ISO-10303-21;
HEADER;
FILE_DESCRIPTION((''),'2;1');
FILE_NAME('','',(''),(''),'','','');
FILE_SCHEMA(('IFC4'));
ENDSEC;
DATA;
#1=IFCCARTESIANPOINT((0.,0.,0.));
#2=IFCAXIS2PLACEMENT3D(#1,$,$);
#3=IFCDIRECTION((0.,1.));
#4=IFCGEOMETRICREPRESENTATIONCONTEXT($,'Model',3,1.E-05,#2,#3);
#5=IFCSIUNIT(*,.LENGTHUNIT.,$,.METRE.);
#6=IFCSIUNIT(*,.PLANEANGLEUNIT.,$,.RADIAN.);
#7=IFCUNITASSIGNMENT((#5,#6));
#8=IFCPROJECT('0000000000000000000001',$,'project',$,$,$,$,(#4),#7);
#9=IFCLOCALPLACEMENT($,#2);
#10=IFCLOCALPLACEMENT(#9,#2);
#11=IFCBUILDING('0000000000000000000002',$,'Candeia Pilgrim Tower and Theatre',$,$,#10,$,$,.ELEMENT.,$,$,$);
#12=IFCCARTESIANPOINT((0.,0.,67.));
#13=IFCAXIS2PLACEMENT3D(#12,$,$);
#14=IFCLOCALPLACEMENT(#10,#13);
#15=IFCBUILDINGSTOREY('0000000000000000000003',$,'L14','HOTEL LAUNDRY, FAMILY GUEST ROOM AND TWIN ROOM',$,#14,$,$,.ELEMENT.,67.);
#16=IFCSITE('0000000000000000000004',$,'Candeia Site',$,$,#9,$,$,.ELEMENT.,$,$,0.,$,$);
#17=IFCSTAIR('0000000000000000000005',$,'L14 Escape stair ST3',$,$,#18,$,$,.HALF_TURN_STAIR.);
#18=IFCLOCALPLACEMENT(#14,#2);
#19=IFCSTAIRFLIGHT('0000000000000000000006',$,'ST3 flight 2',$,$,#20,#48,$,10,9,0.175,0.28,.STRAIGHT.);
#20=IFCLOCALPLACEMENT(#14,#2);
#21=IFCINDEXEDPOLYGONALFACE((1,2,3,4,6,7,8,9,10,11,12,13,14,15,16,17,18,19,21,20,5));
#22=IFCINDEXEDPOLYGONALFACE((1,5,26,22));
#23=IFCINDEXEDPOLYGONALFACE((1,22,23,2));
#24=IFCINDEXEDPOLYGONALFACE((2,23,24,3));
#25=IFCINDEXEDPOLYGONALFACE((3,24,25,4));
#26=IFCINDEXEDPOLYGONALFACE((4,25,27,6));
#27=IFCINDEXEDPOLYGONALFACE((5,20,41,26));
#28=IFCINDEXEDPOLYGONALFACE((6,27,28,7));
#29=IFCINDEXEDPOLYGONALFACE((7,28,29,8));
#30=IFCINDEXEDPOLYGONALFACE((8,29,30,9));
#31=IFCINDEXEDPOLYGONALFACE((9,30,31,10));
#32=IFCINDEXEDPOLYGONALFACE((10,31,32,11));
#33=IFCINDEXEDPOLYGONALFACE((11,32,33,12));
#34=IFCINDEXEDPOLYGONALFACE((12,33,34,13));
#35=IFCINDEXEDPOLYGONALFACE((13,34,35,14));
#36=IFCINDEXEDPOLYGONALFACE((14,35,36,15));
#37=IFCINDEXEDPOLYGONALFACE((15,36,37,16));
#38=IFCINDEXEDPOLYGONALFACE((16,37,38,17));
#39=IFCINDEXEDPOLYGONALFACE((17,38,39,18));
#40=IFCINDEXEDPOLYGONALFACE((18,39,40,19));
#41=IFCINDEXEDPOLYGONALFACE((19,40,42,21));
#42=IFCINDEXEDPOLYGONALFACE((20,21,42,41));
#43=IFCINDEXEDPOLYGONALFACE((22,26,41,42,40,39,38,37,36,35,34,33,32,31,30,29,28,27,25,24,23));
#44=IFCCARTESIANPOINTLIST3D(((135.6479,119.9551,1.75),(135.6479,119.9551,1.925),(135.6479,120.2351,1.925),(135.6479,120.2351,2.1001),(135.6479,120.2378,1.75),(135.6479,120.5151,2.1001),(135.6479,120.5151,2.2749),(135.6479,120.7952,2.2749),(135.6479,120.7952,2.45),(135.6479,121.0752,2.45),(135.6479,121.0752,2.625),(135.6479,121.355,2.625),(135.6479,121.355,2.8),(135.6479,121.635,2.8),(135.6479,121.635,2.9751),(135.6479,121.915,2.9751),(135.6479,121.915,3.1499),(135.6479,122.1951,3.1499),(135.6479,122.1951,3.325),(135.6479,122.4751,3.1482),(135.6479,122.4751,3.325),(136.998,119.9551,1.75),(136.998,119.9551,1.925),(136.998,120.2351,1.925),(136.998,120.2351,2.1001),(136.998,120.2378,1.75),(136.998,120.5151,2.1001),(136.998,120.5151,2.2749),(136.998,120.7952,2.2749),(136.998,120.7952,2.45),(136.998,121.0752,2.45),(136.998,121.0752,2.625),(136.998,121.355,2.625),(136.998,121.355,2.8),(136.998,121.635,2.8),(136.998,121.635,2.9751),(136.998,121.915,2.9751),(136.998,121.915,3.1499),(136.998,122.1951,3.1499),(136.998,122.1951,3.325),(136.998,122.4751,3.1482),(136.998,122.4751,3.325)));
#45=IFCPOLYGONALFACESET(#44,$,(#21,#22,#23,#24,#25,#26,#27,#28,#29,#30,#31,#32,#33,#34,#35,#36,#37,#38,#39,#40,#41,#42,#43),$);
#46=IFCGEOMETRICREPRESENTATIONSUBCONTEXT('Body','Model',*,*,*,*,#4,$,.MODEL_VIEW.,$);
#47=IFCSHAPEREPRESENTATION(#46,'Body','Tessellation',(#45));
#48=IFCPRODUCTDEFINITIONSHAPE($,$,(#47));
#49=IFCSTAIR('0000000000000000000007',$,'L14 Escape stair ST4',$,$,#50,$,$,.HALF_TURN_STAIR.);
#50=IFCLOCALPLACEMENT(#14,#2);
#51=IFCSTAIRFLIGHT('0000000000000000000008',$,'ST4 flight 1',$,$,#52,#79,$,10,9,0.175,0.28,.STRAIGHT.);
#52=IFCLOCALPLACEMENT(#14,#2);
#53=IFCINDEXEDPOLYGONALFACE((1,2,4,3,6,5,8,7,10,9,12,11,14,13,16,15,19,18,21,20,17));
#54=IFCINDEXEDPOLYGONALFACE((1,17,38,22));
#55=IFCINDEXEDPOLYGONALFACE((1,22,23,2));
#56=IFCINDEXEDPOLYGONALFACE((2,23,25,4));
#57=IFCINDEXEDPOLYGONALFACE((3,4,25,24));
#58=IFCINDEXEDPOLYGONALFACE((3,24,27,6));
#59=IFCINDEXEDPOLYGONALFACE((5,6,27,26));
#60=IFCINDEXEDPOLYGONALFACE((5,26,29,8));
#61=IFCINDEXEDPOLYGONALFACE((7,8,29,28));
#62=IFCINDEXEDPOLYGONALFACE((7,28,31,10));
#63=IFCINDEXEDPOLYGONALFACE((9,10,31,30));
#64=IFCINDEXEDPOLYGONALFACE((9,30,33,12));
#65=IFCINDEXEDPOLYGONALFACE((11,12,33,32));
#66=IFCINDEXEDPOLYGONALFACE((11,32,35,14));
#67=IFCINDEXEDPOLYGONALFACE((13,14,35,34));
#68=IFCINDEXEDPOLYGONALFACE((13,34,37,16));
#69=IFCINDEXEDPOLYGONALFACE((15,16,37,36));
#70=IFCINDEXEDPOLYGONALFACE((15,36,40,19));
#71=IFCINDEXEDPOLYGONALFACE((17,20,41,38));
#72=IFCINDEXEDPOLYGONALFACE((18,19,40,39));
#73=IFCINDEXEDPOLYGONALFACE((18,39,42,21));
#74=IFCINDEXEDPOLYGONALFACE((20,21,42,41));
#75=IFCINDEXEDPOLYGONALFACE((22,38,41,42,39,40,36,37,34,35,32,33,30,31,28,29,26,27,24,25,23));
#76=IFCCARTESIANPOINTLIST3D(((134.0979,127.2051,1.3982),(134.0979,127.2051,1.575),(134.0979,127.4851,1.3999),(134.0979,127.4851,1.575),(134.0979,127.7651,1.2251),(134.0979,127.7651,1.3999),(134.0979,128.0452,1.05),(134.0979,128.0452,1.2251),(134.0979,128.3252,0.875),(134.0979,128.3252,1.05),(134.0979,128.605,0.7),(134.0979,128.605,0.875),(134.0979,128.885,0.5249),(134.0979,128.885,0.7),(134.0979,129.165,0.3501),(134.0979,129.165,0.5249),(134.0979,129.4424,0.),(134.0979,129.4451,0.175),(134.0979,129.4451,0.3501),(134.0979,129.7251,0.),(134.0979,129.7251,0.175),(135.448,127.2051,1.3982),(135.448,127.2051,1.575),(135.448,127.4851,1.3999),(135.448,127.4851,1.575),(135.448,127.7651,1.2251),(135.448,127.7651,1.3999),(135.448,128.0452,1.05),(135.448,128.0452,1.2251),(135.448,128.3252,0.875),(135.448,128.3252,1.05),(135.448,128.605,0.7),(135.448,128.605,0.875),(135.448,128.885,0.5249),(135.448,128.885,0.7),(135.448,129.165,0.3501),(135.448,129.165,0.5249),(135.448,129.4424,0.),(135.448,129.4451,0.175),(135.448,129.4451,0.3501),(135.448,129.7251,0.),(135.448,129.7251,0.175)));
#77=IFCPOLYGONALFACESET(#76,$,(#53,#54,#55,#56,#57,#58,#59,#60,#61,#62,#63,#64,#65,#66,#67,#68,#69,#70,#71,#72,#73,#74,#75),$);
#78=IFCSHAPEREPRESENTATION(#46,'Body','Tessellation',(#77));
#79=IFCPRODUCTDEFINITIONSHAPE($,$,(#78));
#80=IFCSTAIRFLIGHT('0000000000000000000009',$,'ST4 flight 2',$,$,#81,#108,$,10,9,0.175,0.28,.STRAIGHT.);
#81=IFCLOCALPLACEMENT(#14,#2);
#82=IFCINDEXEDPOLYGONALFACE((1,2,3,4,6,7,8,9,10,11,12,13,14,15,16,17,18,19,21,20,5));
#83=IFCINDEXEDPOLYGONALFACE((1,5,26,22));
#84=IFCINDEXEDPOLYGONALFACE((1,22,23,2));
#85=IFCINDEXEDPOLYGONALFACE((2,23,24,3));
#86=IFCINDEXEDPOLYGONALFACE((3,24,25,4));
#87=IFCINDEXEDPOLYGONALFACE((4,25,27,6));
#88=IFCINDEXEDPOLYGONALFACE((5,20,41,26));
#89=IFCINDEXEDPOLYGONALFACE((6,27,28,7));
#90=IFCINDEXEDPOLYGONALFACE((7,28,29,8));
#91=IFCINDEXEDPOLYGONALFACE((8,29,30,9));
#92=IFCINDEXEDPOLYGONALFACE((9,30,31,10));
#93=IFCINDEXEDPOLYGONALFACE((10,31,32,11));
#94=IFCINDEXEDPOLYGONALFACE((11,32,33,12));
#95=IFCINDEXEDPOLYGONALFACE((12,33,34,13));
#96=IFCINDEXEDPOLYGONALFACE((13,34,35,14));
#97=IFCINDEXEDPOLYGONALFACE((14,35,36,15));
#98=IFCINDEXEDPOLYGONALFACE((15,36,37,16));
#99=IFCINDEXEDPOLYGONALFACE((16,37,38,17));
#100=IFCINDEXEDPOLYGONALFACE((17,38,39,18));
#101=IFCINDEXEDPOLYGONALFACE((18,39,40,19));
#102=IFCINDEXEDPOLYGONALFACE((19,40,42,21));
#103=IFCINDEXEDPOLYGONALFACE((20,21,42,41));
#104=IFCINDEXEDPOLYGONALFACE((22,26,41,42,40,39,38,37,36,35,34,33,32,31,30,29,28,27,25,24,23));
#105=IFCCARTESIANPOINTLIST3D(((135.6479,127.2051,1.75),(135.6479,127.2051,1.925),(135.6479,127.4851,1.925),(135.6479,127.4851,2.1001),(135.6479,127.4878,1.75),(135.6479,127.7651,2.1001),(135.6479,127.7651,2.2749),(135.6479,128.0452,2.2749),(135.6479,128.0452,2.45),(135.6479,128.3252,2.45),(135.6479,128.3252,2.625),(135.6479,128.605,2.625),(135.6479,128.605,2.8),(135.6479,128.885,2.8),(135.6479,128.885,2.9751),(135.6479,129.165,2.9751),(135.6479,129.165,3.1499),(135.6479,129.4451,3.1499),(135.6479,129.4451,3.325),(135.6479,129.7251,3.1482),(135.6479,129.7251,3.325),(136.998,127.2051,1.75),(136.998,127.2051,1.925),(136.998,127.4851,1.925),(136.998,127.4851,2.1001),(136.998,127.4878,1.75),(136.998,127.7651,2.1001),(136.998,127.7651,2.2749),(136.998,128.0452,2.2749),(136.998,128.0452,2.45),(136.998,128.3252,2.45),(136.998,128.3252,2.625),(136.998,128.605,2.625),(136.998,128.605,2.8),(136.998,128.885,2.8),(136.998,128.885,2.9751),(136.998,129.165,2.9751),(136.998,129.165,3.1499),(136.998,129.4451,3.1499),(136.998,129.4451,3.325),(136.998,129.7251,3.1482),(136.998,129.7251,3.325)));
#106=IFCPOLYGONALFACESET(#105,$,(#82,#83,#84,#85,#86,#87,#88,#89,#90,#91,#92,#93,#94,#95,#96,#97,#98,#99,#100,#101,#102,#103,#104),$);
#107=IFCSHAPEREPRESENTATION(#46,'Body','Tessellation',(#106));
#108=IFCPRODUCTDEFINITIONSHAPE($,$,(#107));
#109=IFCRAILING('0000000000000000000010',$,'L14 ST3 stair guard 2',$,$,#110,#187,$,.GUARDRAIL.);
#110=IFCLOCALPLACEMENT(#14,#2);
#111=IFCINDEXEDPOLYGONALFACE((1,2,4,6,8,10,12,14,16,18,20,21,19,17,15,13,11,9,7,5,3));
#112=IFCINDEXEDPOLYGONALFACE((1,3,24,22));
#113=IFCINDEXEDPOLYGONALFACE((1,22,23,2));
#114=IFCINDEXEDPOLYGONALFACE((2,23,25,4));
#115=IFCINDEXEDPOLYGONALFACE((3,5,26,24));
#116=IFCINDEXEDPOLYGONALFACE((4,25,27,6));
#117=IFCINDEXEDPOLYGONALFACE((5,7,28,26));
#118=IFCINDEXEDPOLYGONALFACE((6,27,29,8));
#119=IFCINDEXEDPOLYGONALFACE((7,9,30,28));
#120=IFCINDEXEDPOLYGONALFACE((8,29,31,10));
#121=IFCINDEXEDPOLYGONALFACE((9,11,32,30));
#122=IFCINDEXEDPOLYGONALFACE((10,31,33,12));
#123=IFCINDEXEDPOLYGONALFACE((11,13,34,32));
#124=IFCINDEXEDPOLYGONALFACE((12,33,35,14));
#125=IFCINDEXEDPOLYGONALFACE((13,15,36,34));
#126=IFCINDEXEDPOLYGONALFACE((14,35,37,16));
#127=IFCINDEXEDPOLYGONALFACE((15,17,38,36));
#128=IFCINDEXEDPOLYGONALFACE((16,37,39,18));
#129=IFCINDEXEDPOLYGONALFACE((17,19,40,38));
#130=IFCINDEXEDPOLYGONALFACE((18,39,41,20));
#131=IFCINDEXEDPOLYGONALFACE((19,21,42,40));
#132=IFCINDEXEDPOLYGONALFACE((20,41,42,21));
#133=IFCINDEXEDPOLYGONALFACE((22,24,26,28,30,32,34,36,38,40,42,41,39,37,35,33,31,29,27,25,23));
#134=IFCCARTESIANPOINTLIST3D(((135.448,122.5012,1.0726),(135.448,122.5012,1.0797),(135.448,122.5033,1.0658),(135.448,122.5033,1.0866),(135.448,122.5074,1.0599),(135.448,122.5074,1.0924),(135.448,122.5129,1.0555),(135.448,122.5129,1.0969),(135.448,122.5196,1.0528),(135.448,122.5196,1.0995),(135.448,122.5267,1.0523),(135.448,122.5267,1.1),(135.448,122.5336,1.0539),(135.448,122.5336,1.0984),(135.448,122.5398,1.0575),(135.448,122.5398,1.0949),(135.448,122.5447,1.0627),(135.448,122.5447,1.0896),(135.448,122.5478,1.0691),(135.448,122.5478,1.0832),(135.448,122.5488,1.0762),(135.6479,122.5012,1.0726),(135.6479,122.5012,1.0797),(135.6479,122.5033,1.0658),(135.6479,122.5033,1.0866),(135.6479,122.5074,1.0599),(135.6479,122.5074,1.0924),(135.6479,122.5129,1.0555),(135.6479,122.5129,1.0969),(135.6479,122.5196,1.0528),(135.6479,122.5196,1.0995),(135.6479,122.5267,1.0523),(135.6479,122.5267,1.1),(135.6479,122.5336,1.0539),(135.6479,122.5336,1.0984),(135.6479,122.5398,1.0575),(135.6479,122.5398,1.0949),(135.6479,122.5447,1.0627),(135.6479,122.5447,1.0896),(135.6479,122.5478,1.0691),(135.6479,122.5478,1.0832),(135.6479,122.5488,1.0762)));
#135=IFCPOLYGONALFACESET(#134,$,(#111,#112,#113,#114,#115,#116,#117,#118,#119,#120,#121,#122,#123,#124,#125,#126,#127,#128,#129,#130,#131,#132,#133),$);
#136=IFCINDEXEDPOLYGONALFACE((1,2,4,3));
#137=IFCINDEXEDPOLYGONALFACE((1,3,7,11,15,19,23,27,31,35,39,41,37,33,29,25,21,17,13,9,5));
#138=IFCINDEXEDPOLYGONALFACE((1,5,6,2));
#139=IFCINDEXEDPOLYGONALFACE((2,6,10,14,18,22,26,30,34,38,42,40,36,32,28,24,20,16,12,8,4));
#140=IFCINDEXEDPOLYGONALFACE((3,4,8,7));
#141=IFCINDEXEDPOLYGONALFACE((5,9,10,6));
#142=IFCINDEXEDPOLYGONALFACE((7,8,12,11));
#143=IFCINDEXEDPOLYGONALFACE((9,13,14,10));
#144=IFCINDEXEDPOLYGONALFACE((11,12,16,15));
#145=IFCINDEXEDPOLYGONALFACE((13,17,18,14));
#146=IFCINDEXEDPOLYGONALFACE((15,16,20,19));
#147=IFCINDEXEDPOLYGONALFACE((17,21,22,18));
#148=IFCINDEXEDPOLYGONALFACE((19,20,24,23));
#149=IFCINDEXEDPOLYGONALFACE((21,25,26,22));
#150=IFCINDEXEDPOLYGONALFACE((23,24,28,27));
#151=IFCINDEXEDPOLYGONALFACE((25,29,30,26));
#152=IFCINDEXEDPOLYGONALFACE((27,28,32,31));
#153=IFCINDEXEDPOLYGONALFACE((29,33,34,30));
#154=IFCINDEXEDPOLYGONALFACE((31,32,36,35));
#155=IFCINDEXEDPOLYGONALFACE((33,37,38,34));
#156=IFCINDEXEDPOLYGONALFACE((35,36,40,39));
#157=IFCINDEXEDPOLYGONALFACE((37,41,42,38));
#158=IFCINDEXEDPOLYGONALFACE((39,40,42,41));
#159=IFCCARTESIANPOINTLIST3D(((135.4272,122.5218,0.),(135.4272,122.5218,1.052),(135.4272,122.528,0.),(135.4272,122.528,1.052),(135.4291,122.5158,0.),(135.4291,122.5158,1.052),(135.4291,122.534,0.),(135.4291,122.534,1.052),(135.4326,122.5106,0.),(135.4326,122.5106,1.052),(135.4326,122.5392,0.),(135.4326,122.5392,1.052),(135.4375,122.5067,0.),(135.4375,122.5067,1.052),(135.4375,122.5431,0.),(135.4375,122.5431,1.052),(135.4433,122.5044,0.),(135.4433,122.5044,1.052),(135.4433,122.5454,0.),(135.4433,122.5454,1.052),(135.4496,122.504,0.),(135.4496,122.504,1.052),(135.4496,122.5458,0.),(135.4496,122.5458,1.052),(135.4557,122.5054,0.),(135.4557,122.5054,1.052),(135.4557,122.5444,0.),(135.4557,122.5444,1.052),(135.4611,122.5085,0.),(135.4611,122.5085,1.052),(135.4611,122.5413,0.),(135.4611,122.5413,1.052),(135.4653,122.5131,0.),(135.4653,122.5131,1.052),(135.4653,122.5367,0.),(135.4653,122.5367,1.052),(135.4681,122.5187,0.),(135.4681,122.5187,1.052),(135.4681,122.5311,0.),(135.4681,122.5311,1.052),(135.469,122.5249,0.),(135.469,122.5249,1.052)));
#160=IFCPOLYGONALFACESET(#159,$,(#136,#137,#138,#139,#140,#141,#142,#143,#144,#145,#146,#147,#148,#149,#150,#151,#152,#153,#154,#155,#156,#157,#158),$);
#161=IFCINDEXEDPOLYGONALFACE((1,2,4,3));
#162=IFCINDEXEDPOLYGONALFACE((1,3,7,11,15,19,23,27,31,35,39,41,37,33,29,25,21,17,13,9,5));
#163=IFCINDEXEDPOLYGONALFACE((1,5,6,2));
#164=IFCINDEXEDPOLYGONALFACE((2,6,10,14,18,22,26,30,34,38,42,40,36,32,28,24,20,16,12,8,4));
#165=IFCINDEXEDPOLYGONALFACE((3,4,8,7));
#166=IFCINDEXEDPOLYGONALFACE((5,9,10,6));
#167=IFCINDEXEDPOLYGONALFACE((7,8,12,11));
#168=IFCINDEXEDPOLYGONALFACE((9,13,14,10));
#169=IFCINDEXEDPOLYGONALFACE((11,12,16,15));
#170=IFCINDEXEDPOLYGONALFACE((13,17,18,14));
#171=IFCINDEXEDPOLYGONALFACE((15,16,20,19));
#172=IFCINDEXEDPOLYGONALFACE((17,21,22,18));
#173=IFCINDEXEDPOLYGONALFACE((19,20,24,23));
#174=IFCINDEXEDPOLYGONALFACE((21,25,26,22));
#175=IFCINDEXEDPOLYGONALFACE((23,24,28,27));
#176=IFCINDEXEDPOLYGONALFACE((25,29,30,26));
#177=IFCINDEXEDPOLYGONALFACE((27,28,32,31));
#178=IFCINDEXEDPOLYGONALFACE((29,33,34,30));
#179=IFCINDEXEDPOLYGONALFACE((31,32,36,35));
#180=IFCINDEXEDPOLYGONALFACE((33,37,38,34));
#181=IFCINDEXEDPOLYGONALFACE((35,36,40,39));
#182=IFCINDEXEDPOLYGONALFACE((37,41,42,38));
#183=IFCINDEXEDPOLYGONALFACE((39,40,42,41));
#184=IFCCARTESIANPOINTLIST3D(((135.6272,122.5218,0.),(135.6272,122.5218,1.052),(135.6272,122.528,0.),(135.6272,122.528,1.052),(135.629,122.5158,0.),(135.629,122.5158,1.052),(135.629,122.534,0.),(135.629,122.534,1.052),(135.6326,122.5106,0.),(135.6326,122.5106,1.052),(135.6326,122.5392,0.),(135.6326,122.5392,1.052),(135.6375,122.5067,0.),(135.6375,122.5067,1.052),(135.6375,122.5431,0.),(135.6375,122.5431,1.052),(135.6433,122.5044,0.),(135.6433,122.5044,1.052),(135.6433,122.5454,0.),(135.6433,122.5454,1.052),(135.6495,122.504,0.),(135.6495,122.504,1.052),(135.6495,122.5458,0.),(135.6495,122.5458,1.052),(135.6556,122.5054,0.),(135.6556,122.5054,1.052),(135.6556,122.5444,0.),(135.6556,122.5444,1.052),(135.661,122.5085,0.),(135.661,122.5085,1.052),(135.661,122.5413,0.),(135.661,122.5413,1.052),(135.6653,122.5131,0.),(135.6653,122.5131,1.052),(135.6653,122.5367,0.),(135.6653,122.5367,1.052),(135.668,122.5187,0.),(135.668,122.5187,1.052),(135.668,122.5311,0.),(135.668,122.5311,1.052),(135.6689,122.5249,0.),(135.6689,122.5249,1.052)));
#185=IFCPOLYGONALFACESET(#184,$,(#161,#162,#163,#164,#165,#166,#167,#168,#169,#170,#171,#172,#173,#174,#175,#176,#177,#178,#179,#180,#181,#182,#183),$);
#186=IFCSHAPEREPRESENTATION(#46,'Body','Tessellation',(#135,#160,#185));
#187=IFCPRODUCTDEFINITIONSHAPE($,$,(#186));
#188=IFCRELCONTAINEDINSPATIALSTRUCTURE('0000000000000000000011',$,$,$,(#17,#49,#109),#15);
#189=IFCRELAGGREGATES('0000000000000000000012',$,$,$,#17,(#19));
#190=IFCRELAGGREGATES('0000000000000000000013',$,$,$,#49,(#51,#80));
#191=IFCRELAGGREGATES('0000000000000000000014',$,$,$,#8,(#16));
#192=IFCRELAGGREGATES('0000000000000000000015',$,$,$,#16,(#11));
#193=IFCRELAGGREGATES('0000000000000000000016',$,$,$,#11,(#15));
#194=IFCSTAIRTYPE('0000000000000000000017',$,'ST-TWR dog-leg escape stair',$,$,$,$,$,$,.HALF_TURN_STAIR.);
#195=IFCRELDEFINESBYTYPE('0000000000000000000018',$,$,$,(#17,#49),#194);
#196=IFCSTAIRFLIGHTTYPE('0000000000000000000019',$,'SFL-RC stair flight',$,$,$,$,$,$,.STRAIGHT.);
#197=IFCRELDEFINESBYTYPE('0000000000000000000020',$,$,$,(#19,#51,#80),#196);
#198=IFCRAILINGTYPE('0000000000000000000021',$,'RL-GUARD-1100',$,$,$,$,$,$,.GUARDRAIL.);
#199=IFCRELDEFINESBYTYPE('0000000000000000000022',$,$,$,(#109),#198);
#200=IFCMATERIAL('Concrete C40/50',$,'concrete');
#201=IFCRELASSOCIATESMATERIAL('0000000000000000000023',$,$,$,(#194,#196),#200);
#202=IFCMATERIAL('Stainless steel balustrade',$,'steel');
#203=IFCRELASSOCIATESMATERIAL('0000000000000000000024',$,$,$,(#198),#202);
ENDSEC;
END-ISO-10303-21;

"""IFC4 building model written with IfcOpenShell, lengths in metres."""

from ifc_helpers import new_model, si_unit, direction, frame, origin, origin_2d, place, context, subcontext, project, spatial, polyline, circle, outline, extrude, material, type_object, element, aggregate, save


model = new_model("IFC4")

# Units and contexts
model_context = context("Model", 3, precision=1e-05, world=origin(), true_north=direction((0.0, 1.0)))
body_context = subcontext(model_context, "Body", "Model", "MODEL_VIEW")
ifc_project = project(units=[si_unit("LENGTHUNIT", "METRE"), si_unit("PLANEANGLEUNIT", "RADIAN")], contexts=[model_context])

# Site, building, storey
site_placement = place(None, origin())
site = spatial("IfcSite", under=ifc_project, at=site_placement, Name="Candeia Site", CompositionType="ELEMENT", RefElevation=0.0)
building_placement = place(site_placement, origin())
building = spatial("IfcBuilding", under=site, at=building_placement, Name="Candeia Pilgrim Tower and Theatre", CompositionType="ELEMENT")
storey_placement = place(building_placement, frame((0.0, 0.0, 67.0)))
storey = spatial("IfcBuildingStorey", under=building, at=storey_placement, Name="L14", Description="HOTEL LAUNDRY, FAMILY GUEST ROOM AND TWIN ROOM", CompositionType="ELEMENT", Elevation=67.0)

# Shared definitions
ifc_material_1 = material(Name="Concrete C40/50", Category="concrete")

# Stairs, stair flights
stair_type = type_object("IfcStairType", Name="ST-TWR dog-leg escape stair", PredefinedType="HALF_TURN_STAIR", material=ifc_material_1)
stair_1_placement = place(storey_placement, origin())
stair_1 = element("IfcStair", 1, at=stair_1_placement, inside=storey, type_object=stair_type, Name="L14 Escape stair ST3", PredefinedType="HALF_TURN_STAIR")
stair_flight_type = type_object("IfcStairFlightType", Name="SFL-RC stair flight", PredefinedType="STRAIGHT", material=ifc_material_1)
stair_flight_1_placement = place(storey_placement, frame((136.323, 119.9551, 1.75), z_axis=(0.0, 0.0, 1.0), x_axis=(0.0, 1.0, 0.0)))
stair_flight_1 = element("IfcStairFlight", 2, at=stair_flight_1_placement, type_object=stair_flight_type, Name="ST3 flight 2", NumberOfRisers=10, NumberOfTreads=9, PredefinedType="STRAIGHT", RiserHeight=0.175, TreadLength=0.28, context=body_context, shape_type="SweptSolid", body=[
    extrude(outline(polyline([(0.0, 0.0), (0.0, 0.175), (0.28, 0.175), (0.28, 0.3501), (0.5601, 0.3501), (0.5601, 0.5249), (0.8401, 0.5249), (0.8401, 0.7), (1.1201, 0.7), (1.1201, 0.875), (1.3999, 0.875), (1.3999, 1.05), (1.6799, 1.05), (1.6799, 1.2251), (1.96, 1.2251), (1.96, 1.3999), (2.24, 1.3999), (2.24, 1.575), (2.52, 1.575), (2.52, 1.75), (2.52, 1.3982), (0.2827, 0.0), (0.0, 0.0)])), frame((0.0, 0.675, 0.0), z_axis=(0.0, -1.0, 0.0), x_axis=(1.0, 0.0, 0.0)), (0.0, 0.0, 1.0), 1.3501),
])
aggregate(stair_1, [stair_flight_1])
stair_2_placement = place(storey_placement, origin())
stair_2 = element("IfcStair", 3, at=stair_2_placement, inside=storey, type_object=stair_type, Name="L14 Escape stair ST4", PredefinedType="HALF_TURN_STAIR")
stair_flight_2_placement = place(storey_placement, frame((134.7729, 129.7251, 0.0), z_axis=(0.0, 0.0, 1.0), x_axis=(0.0, -1.0, 0.0)))
stair_flight_2 = element("IfcStairFlight", 4, at=stair_flight_2_placement, type_object=stair_flight_type, Name="ST4 flight 1", NumberOfRisers=10, NumberOfTreads=9, PredefinedType="STRAIGHT", RiserHeight=0.175, TreadLength=0.28, context=body_context, shape_type="SweptSolid", body=[
    extrude(outline(polyline([(0.0, 0.0), (0.0, 0.175), (0.28, 0.175), (0.28, 0.3501), (0.5601, 0.3501), (0.5601, 0.5249), (0.8401, 0.5249), (0.8401, 0.7), (1.1201, 0.7), (1.1201, 0.875), (1.3999, 0.875), (1.3999, 1.05), (1.6799, 1.05), (1.6799, 1.2251), (1.96, 1.2251), (1.96, 1.3999), (2.24, 1.3999), (2.24, 1.575), (2.52, 1.575), (2.52, 1.75), (2.52, 1.3982), (0.2827, 0.0), (0.0, 0.0)])), frame((0.0, 0.675, 0.0), z_axis=(0.0, -1.0, 0.0), x_axis=(1.0, 0.0, 0.0)), (0.0, 0.0, 1.0), 1.3501),
])
stair_flight_3_placement = place(storey_placement, frame((136.323, 127.2051, 1.75), z_axis=(0.0, 0.0, 1.0), x_axis=(0.0, 1.0, 0.0)))
stair_flight_3 = element("IfcStairFlight", 5, at=stair_flight_3_placement, type_object=stair_flight_type, Name="ST4 flight 2", NumberOfRisers=10, NumberOfTreads=9, PredefinedType="STRAIGHT", RiserHeight=0.175, TreadLength=0.28, context=body_context, shape_type="SweptSolid", body=[
    extrude(outline(polyline([(0.0, 0.0), (0.0, 0.175), (0.28, 0.175), (0.28, 0.3501), (0.5601, 0.3501), (0.5601, 0.5249), (0.8401, 0.5249), (0.8401, 0.7), (1.1201, 0.7), (1.1201, 0.875), (1.3999, 0.875), (1.3999, 1.05), (1.6799, 1.05), (1.6799, 1.2251), (1.96, 1.2251), (1.96, 1.3999), (2.24, 1.3999), (2.24, 1.575), (2.52, 1.575), (2.52, 1.75), (2.52, 1.3982), (0.2827, 0.0), (0.0, 0.0)])), frame((0.0, 0.675, 0.0), z_axis=(0.0, -1.0, 0.0), x_axis=(1.0, 0.0, 0.0)), (0.0, 0.0, 1.0), 1.3501),
])
aggregate(stair_2, [stair_flight_2, stair_flight_3])

# Railing
ifc_material_2 = material(Name="Stainless steel balustrade", Category="steel")
railing_type_1 = type_object("IfcRailingType", Name="RL-GUARD-1100", PredefinedType="GUARDRAIL", material=ifc_material_2)
railing_1_placement = place(storey_placement, frame((135.448, 122.5249, 0.0)))
element("IfcRailing", 6, at=railing_1_placement, inside=storey, type_object=railing_type_1, Name="L14 ST3 stair guard 2", PredefinedType="GUARDRAIL", context=body_context, shape_type="SweptSolid", body=[
    extrude(circle(Radius=0.0239, at=origin_2d()), frame((0.0, 0.0, 1.0762), z_axis=(1.0, 0.0, 0.0), x_axis=(0.0, 1.0, 0.0)), (0.0, 0.0, 1.0), 0.2),
    extrude(circle(Radius=0.021, at=origin_2d()), origin(), (0.0, 0.0, 1.0), 1.052),
    extrude(circle(Radius=0.021, at=origin_2d()), frame((0.2, 0.0, 0.0)), (0.0, 0.0, 1.0), 1.052),
])

save(model, "model.ifc")
